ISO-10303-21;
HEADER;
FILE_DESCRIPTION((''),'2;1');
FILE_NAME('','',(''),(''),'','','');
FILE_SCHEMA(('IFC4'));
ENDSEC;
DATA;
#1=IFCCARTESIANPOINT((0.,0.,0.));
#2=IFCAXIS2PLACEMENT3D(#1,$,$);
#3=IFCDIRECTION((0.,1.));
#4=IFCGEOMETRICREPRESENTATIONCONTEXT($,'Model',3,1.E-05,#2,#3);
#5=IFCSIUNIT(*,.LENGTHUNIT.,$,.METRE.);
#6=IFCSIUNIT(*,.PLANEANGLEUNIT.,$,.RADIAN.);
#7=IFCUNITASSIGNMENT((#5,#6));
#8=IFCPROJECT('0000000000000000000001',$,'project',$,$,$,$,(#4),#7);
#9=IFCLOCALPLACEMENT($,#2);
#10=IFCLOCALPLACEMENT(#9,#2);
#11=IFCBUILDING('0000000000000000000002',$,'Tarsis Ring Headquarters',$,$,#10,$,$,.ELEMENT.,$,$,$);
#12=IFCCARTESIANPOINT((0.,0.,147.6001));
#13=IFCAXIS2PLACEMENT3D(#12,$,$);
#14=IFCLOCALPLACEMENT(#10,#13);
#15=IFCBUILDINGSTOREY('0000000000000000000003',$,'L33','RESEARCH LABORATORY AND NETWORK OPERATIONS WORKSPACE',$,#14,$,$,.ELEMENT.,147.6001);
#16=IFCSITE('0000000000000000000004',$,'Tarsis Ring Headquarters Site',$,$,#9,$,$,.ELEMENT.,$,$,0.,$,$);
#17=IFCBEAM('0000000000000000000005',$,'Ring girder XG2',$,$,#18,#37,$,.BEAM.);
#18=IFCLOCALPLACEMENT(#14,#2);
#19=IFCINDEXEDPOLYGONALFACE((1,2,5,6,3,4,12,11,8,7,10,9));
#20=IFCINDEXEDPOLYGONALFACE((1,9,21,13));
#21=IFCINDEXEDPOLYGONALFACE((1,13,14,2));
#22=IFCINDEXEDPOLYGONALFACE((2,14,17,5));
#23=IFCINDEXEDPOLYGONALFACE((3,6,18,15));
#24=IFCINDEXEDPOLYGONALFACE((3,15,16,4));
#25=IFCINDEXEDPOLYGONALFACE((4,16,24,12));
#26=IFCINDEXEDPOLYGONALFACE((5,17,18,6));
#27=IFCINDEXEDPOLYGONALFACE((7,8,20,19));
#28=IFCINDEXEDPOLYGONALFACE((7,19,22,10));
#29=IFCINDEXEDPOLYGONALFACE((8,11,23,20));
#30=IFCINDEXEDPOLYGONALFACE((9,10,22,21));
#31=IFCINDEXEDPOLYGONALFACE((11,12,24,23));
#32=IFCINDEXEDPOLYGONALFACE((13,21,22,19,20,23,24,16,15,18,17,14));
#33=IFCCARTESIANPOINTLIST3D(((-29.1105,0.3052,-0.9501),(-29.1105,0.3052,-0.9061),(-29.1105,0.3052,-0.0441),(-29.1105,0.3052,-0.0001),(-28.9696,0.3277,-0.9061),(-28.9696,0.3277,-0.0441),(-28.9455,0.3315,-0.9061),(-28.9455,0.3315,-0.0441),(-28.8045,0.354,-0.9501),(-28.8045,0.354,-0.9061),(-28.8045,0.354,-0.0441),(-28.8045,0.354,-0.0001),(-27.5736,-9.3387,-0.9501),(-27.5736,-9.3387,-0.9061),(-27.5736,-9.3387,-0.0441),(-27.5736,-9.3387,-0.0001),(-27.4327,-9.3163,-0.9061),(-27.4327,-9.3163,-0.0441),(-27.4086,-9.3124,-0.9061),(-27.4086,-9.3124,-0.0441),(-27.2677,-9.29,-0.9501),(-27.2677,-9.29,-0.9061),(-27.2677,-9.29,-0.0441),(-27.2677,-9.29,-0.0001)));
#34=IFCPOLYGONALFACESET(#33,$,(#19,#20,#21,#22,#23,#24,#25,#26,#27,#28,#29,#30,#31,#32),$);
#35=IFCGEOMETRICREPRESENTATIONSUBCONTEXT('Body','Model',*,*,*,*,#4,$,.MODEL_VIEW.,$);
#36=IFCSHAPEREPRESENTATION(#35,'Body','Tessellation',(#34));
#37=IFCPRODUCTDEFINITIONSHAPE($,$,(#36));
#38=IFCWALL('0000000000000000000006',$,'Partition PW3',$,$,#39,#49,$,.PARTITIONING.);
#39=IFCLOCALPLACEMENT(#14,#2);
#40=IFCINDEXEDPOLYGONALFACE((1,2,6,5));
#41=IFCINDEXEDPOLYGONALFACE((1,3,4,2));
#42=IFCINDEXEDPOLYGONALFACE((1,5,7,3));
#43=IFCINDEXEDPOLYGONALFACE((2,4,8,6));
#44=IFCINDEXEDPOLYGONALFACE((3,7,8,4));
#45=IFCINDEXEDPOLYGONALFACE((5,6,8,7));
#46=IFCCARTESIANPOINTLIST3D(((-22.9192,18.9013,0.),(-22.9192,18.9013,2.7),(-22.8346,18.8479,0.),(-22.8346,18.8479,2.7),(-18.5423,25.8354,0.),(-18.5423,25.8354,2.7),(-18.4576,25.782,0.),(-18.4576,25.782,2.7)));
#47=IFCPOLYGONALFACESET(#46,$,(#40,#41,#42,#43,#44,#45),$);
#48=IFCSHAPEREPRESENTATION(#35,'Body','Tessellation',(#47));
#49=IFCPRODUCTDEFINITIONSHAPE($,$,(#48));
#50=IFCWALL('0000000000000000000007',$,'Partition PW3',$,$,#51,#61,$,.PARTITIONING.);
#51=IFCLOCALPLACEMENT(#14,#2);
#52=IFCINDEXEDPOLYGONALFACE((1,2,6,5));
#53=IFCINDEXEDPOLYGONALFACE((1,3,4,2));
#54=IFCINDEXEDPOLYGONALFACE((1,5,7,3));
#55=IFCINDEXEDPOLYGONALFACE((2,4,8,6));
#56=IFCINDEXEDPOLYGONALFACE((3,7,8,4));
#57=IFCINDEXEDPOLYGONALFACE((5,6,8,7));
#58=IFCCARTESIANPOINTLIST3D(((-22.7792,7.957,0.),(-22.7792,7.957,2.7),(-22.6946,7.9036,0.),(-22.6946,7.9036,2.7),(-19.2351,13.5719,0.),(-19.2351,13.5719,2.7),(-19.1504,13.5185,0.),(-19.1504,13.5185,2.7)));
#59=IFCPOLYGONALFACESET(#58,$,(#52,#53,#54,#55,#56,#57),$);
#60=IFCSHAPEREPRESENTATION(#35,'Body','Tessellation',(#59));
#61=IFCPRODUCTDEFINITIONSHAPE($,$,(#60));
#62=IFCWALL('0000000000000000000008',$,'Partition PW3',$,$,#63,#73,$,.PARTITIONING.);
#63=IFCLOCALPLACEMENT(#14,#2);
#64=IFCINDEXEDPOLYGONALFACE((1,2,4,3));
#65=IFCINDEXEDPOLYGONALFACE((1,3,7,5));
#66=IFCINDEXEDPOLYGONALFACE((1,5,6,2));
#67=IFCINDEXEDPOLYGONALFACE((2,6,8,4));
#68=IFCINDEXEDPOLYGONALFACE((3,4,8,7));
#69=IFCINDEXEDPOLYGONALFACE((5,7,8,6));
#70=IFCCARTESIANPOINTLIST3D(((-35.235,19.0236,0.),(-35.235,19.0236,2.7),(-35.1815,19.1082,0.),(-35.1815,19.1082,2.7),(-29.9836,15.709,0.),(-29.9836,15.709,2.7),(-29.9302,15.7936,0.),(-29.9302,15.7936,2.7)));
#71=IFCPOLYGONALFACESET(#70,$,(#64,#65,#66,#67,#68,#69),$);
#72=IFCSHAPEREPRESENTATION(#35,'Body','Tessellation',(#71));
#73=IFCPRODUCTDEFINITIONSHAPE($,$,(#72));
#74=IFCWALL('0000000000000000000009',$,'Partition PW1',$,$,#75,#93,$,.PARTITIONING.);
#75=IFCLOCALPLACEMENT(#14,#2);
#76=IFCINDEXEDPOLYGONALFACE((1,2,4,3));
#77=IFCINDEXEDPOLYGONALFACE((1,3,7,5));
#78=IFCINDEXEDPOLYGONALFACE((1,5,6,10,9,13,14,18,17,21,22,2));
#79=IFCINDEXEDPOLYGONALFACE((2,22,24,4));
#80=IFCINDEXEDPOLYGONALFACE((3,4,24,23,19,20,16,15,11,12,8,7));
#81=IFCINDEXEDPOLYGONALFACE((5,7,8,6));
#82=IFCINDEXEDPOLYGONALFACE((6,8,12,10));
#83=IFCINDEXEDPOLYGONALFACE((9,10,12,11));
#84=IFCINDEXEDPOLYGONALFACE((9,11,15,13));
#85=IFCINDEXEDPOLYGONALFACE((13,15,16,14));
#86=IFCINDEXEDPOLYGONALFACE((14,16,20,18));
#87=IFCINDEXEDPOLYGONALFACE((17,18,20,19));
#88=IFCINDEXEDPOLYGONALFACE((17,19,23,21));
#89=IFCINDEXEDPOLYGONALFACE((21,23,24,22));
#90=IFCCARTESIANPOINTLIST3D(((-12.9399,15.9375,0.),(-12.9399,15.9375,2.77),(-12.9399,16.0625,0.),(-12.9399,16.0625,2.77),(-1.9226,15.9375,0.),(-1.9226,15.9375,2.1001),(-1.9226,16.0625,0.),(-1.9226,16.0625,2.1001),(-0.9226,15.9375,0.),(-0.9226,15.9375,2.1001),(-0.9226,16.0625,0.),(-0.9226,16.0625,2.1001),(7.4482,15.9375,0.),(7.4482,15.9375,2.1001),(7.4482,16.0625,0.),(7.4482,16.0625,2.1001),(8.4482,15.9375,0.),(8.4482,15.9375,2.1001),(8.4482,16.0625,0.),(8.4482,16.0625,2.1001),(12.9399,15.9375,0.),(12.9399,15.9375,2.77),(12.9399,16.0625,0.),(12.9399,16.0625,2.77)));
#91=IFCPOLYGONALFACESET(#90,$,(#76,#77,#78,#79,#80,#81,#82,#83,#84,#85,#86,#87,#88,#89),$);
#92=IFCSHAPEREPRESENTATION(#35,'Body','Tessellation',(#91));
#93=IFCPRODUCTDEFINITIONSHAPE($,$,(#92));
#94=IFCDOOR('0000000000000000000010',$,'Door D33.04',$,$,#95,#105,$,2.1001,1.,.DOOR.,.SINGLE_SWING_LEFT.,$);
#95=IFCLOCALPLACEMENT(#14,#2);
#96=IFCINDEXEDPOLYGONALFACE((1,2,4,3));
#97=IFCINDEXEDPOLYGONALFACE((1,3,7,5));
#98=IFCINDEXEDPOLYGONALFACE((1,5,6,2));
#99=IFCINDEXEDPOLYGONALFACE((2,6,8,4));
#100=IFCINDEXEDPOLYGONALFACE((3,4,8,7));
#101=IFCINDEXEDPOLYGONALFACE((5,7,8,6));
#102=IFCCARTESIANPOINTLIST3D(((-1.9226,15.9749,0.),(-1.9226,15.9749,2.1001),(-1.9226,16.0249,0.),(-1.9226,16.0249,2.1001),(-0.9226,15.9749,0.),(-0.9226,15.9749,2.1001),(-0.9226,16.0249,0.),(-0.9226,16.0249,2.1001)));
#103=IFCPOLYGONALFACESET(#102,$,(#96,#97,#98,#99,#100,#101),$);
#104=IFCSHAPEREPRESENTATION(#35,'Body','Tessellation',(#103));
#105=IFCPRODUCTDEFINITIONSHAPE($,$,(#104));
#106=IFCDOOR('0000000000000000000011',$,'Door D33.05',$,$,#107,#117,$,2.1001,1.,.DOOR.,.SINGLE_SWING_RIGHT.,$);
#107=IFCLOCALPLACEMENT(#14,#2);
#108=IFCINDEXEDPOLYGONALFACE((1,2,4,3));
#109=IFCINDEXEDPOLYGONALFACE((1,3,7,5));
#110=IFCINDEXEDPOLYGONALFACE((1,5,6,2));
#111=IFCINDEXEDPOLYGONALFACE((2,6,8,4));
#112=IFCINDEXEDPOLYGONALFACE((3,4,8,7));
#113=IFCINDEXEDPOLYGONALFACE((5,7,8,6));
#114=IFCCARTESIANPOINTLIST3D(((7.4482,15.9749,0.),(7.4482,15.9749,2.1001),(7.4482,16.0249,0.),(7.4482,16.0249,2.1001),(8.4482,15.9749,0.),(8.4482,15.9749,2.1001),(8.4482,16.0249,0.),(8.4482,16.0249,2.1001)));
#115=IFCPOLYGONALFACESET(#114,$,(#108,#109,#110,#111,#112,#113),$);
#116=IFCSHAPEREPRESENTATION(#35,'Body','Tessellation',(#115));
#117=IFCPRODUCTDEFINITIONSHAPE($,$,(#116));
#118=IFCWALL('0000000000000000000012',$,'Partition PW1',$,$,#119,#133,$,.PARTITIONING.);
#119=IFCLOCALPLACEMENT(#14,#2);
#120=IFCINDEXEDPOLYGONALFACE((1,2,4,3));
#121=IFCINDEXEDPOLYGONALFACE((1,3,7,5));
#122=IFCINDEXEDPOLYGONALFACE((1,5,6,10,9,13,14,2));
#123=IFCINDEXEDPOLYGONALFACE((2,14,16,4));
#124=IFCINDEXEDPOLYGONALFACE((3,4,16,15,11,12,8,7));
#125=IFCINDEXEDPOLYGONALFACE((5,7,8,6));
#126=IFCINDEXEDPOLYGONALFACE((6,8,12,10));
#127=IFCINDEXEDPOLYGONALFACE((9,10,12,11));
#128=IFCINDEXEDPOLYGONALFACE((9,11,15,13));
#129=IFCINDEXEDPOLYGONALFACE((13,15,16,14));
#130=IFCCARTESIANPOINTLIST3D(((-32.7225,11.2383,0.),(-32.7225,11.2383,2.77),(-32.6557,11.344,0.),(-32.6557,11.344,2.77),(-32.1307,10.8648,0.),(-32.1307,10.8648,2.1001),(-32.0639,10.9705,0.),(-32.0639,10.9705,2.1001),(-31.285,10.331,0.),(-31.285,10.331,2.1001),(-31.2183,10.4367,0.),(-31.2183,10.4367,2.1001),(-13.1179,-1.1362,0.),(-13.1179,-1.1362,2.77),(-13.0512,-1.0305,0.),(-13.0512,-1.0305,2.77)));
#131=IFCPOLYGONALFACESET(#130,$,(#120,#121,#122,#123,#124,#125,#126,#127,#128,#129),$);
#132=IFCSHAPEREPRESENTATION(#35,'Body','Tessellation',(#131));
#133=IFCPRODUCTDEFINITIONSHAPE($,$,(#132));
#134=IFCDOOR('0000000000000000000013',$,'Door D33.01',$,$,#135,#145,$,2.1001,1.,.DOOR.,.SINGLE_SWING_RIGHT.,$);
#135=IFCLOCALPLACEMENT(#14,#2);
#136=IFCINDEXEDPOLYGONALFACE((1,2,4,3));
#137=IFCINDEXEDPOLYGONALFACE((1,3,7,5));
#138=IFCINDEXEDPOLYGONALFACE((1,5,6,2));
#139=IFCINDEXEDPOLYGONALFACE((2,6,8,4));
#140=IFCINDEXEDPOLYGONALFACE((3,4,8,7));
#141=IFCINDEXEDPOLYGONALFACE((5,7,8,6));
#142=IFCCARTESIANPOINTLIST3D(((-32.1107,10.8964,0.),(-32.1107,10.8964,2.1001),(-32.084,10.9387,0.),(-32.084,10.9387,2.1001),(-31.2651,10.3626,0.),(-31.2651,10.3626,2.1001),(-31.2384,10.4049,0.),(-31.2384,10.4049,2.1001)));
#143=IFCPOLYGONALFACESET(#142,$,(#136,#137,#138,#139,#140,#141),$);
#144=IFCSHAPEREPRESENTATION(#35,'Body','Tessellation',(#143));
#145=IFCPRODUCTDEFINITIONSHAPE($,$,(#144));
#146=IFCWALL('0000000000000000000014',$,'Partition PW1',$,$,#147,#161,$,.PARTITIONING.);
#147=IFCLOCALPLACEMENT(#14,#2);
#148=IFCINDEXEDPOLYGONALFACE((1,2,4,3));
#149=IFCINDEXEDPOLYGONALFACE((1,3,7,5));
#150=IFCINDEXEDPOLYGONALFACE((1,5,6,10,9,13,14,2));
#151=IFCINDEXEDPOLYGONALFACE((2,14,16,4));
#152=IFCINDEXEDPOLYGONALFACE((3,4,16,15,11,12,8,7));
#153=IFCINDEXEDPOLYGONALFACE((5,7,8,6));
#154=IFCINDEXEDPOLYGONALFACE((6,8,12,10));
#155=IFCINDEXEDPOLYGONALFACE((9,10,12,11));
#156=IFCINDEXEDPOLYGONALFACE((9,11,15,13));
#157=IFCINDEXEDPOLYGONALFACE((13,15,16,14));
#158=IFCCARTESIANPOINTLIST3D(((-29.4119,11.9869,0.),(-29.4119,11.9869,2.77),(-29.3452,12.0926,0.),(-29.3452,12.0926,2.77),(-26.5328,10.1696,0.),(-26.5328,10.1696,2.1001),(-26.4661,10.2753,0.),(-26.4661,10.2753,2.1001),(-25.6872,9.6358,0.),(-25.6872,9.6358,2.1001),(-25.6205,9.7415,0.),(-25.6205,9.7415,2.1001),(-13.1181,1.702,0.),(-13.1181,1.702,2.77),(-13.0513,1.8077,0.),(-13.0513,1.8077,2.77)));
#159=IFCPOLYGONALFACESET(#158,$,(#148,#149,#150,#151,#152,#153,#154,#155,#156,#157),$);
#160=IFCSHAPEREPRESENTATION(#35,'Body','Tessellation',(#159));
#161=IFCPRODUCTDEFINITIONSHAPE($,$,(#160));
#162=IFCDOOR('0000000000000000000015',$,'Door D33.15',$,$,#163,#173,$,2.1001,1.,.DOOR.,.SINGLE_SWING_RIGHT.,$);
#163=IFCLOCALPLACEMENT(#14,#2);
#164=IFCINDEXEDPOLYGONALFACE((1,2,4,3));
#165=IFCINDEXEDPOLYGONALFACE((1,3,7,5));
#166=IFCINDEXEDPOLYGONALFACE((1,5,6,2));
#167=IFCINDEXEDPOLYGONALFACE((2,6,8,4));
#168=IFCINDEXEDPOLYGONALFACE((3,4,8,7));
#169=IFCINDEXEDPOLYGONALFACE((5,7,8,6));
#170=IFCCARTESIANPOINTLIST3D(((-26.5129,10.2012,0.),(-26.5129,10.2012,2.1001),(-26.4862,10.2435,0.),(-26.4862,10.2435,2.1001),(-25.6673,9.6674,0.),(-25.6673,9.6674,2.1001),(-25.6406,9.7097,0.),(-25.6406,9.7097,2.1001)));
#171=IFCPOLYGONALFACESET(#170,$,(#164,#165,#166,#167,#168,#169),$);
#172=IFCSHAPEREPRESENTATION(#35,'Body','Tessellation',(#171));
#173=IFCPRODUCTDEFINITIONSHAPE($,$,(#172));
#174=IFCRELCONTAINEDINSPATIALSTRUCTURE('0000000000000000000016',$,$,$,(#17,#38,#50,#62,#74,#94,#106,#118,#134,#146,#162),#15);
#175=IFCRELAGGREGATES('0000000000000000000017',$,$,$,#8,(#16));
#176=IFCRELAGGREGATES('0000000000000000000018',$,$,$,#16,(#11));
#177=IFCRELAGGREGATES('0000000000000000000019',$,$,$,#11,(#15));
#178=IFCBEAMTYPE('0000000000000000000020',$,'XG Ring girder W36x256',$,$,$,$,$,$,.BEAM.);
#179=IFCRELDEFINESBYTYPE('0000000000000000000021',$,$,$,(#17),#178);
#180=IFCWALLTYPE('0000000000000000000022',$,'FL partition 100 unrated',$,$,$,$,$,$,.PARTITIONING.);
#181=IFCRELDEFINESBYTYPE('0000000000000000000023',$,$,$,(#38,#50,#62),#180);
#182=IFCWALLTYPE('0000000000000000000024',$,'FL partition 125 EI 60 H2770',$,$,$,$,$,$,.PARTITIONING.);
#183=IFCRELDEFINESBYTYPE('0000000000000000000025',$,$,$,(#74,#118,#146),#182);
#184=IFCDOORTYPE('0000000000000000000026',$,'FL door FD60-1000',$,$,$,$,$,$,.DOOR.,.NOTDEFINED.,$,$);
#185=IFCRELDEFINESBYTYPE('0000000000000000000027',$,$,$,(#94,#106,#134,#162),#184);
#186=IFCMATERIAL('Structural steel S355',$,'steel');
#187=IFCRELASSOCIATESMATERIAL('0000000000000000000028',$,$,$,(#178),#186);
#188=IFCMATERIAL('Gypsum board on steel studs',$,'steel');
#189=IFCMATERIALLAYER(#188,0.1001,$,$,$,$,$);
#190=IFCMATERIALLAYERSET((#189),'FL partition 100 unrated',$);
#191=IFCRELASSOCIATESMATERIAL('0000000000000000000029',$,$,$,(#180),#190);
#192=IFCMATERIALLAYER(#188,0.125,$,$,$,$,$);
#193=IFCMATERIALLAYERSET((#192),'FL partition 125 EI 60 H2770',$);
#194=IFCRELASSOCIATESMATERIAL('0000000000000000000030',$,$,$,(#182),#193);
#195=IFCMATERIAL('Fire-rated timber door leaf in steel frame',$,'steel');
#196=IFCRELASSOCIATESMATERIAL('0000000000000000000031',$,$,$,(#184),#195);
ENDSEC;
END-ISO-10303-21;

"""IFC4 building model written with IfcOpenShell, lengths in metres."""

from ifc_helpers import new_model, si_unit, direction, frame, frame_2d, origin, origin_2d, place, context, subcontext, project, spatial, rectangle, i_section, extrude, material, layer, layer_set, material_profile, profile_set, type_object, element, fill, save


model = new_model("IFC4")

# Units and contexts
model_context = context("Model", 3, precision=1e-05, world=origin(), true_north=direction((0.0, 1.0)))
body_context = subcontext(model_context, "Body", "Model", "MODEL_VIEW")
ifc_project = project(units=[si_unit("LENGTHUNIT", "METRE"), si_unit("PLANEANGLEUNIT", "RADIAN")], contexts=[model_context])

# Site, building, storey
site_placement = place(None, origin())
site = spatial("IfcSite", under=ifc_project, at=site_placement, Name="Tarsis Ring Headquarters Site", CompositionType="ELEMENT", RefElevation=0.0)
building_placement = place(site_placement, origin())
building = spatial("IfcBuilding", under=site, at=building_placement, Name="Tarsis Ring Headquarters", CompositionType="ELEMENT")
storey_placement = place(building_placement, frame((0.0, 0.0, 147.6001)))
storey = spatial("IfcBuildingStorey", under=building, at=storey_placement, Name="L33", Description="RESEARCH LABORATORY AND NETWORK OPERATIONS WORKSPACE", CompositionType="ELEMENT", Elevation=147.6001)

# Shared definitions
ifc_material_1 = material(Name="Structural steel S355", Category="steel")

# Beam
ifc_material_profile_1 = material_profile(ifc_material_1, i_section(OverallWidth=0.3098, OverallDepth=0.95, WebThickness=0.0244, FlangeThickness=0.0439, at=origin_2d()), Name="W36x256")
ifc_profile_set_1 = profile_set([ifc_material_profile_1], Name="Structural steel S355")
beam_type_1 = type_object("IfcBeamType", Name="XG Ring girder W36x256", PredefinedType="BEAM", material=ifc_profile_set_1)
beam_1_placement = place(storey_placement, frame((-28.9575, 0.3296, -0.4751), z_axis=(0.157373, -0.987539, 0.0), x_axis=(0.987539, 0.157373, 0.0)))
element("IfcBeam", 1, at=beam_1_placement, inside=storey, type_object=beam_type_1, Name="Ring girder XG2", PredefinedType="BEAM", context=body_context, shape_type="SweptSolid", body=[
    extrude(i_section(OverallWidth=0.3098, OverallDepth=0.95, WebThickness=0.0244, FlangeThickness=0.0439, at=origin_2d()), origin(), (0.0, 0.0, 1.0), 9.7656),
])

# Walls
ifc_material_2 = material(Name="Gypsum board on steel studs", Category="steel")
ifc_layer_1 = layer(ifc_material_2, 0.1001)
ifc_layer_set_1 = layer_set([ifc_layer_1], Name="FL partition 100 unrated")
wall_type_1 = type_object("IfcWallType", Name="FL partition 100 unrated", PredefinedType="PARTITIONING", material=ifc_layer_set_1)
wall_1_placement = place(storey_placement, frame((-22.877, 18.8745, 0.0), z_axis=(0.0, 0.0, 1.0), x_axis=(0.533778, 0.845625, 0.0)))
element("IfcWall", 2, at=wall_1_placement, inside=storey, type_object=wall_type_1, Name="Partition PW3", PredefinedType="PARTITIONING", context=body_context, shape_type="SweptSolid", body=[
    extrude(rectangle(XDim=8.2, YDim=0.1001, at=frame_2d((4.1001, 0.0))), origin(), (0.0, 0.0, 1.0), 2.7),
])
wall_2_placement = place(storey_placement, frame((-22.7368, 7.9304, 0.0), z_axis=(0.0, 0.0, 1.0), x_axis=(0.533765, 0.845633, 0.0)))
element("IfcWall", 3, at=wall_2_placement, inside=storey, type_object=wall_type_1, Name="Partition PW3", PredefinedType="PARTITIONING", context=body_context, shape_type="SweptSolid", body=[
    extrude(rectangle(XDim=6.6399, YDim=0.1001, at=frame_2d((3.3198, 0.0))), origin(), (0.0, 0.0, 1.0), 2.7),
])
wall_3_placement = place(storey_placement, frame((-35.2083, 19.0659, 0.0), z_axis=(0.0, 0.0, 1.0), x_axis=(0.845636, -0.533761, 0.0)))
element("IfcWall", 4, at=wall_3_placement, inside=storey, type_object=wall_type_1, Name="Partition PW3", PredefinedType="PARTITIONING", context=body_context, shape_type="SweptSolid", body=[
    extrude(rectangle(XDim=6.21, YDim=0.1001, at=frame_2d((3.105, 0.0))), origin(), (0.0, 0.0, 1.0), 2.7),
])

# Wall, openings, doors
ifc_layer_2 = layer(ifc_material_2, 0.125)
ifc_layer_set_2 = layer_set([ifc_layer_2], Name="FL partition 125 EI 60 H2770")
wall_type_2 = type_object("IfcWallType", Name="FL partition 125 EI 60 H2770", PredefinedType="PARTITIONING", material=ifc_layer_set_2)
wall_4_placement = place(storey_placement, frame((-12.9399, 16.0, 0.0), z_axis=(0.0, 0.0, 1.0), x_axis=(1.0, 0.0, 0.0)))
wall_4 = element("IfcWall", 5, at=wall_4_placement, inside=storey, type_object=wall_type_2, Name="Partition PW1", PredefinedType="PARTITIONING", context=body_context, shape_type="SweptSolid", body=[
    extrude(rectangle(XDim=25.8799, YDim=0.125, at=frame_2d((12.9399, 0.0))), origin(), (0.0, 0.0, 1.0), 2.77),
])
opening_1_placement = place(wall_4_placement, frame((11.0173, 0.0, 0.0)))
opening_1 = element("IfcOpeningElement", 6, at=opening_1_placement, cuts=wall_4, PredefinedType="OPENING", context=body_context, shape_type="SweptSolid", body=[
    extrude(rectangle(XDim=1.0, YDim=2.1001, at=frame_2d((0.5, 1.05))), frame((0.0, 0.0725, 0.0), z_axis=(0.0, -1.0, 0.0), x_axis=(1.0, 0.0, 0.0)), (0.0, 0.0, 1.0), 0.145),
])
opening_2_placement = place(wall_4_placement, frame((20.3882, 0.0, 0.0)))
opening_2 = element("IfcOpeningElement", 7, at=opening_2_placement, cuts=wall_4, PredefinedType="OPENING", context=body_context, shape_type="SweptSolid", body=[
    extrude(rectangle(XDim=1.0, YDim=2.1001, at=frame_2d((0.5, 1.05))), frame((0.0, 0.0725, 0.0), z_axis=(0.0, -1.0, 0.0), x_axis=(1.0, 0.0, 0.0)), (0.0, 0.0, 1.0), 0.145),
])
ifc_material_3 = material(Name="Fire-rated timber door leaf in steel frame", Category="steel")
door_type_1 = type_object("IfcDoorType", Name="FL door FD60-1000", OperationType="NOTDEFINED", PredefinedType="DOOR", material=ifc_material_3)
door_1_placement = place(opening_1_placement, origin())
door_1 = element("IfcDoor", 8, at=door_1_placement, inside=storey, type_object=door_type_1, Name="Door D33.04", OperationType="SINGLE_SWING_LEFT", OverallHeight=2.1001, OverallWidth=1.0, PredefinedType="DOOR", context=body_context, shape_type="SweptSolid", body=[
    extrude(rectangle(XDim=1.0, YDim=2.1001, at=frame_2d((0.5, 1.05))), frame((0.0, 0.0249, 0.0), z_axis=(0.0, -1.0, 0.0), x_axis=(1.0, 0.0, 0.0)), (0.0, 0.0, 1.0), 0.05),
])
fill(opening_1, door_1)
door_2_placement = place(opening_2_placement, origin())
door_2 = element("IfcDoor", 9, at=door_2_placement, inside=storey, type_object=door_type_1, Name="Door D33.05", OperationType="SINGLE_SWING_RIGHT", OverallHeight=2.1001, OverallWidth=1.0, PredefinedType="DOOR", context=body_context, shape_type="SweptSolid", body=[
    extrude(rectangle(XDim=1.0, YDim=2.1001, at=frame_2d((0.5, 1.05))), frame((0.0, 0.0249, 0.0), z_axis=(0.0, -1.0, 0.0), x_axis=(1.0, 0.0, 0.0)), (0.0, 0.0, 1.0), 0.05),
])
fill(opening_2, door_2)

# Walls, openings, doors
wall_5_placement = place(storey_placement, frame((-32.6892, 11.2913, 0.0), z_axis=(0.0, 0.0, 1.0), x_axis=(0.845631, -0.533769, 0.0)))
wall_5 = element("IfcWall", 10, at=wall_5_placement, inside=storey, type_object=wall_type_2, Name="Partition PW1", PredefinedType="PARTITIONING", context=body_context, shape_type="SweptSolid", body=[
    extrude(rectangle(XDim=23.1833, YDim=0.125, at=frame_2d((11.5918, 0.0))), origin(), (0.0, 0.0, 1.0), 2.77),
])
opening_3_placement = place(wall_5_placement, frame((0.7, 0.0, 0.0)))
opening_3 = element("IfcOpeningElement", 11, at=opening_3_placement, cuts=wall_5, PredefinedType="OPENING", context=body_context, shape_type="SweptSolid", body=[
    extrude(rectangle(XDim=1.0, YDim=2.1001, at=frame_2d((0.5, 1.05))), frame((0.0, 0.0725, 0.0), z_axis=(0.0, -1.0, 0.0), x_axis=(1.0, 0.0, 0.0)), (0.0, 0.0, 1.0), 0.145),
])
door_3_placement = place(opening_3_placement, origin())
door_3 = element("IfcDoor", 12, at=door_3_placement, inside=storey, type_object=door_type_1, Name="Door D33.01", OperationType="SINGLE_SWING_RIGHT", OverallHeight=2.1001, OverallWidth=1.0, PredefinedType="DOOR", context=body_context, shape_type="SweptSolid", body=[
    extrude(rectangle(XDim=1.0, YDim=2.1001, at=frame_2d((0.5, 1.05))), frame((0.0, 0.0249, 0.0), z_axis=(0.0, -1.0, 0.0), x_axis=(1.0, 0.0, 0.0)), (0.0, 0.0, 1.0), 0.05),
])
fill(opening_3, door_3)
wall_6_placement = place(storey_placement, frame((-29.3787, 12.0398, 0.0), z_axis=(0.0, 0.0, 1.0), x_axis=(0.845629, -0.53377, 0.0)))
wall_6 = element("IfcWall", 13, at=wall_6_placement, inside=storey, type_object=wall_type_2, Name="Partition PW1", PredefinedType="PARTITIONING", context=body_context, shape_type="SweptSolid", body=[
    extrude(rectangle(XDim=19.2683, YDim=0.125, at=frame_2d((9.6343, 0.0))), origin(), (0.0, 0.0, 1.0), 2.77),
])
opening_4_placement = place(wall_6_placement, frame((3.4048, 0.0, 0.0)))
opening_4 = element("IfcOpeningElement", 14, at=opening_4_placement, cuts=wall_6, PredefinedType="OPENING", context=body_context, shape_type="SweptSolid", body=[
    extrude(rectangle(XDim=1.0, YDim=2.1001, at=frame_2d((0.5, 1.05))), frame((0.0, 0.0725, 0.0), z_axis=(0.0, -1.0, 0.0), x_axis=(1.0, 0.0, 0.0)), (0.0, 0.0, 1.0), 0.145),
])
door_4_placement = place(opening_4_placement, origin())
door_4 = element("IfcDoor", 15, at=door_4_placement, inside=storey, type_object=door_type_1, Name="Door D33.15", OperationType="SINGLE_SWING_RIGHT", OverallHeight=2.1001, OverallWidth=1.0, PredefinedType="DOOR", context=body_context, shape_type="SweptSolid", body=[
    extrude(rectangle(XDim=1.0, YDim=2.1001, at=frame_2d((0.5, 1.05))), frame((0.0, 0.0249, 0.0), z_axis=(0.0, -1.0, 0.0), x_axis=(1.0, 0.0, 0.0)), (0.0, 0.0, 1.0), 0.05),
])
fill(opening_4, door_4)

save(model, "model.ifc")
